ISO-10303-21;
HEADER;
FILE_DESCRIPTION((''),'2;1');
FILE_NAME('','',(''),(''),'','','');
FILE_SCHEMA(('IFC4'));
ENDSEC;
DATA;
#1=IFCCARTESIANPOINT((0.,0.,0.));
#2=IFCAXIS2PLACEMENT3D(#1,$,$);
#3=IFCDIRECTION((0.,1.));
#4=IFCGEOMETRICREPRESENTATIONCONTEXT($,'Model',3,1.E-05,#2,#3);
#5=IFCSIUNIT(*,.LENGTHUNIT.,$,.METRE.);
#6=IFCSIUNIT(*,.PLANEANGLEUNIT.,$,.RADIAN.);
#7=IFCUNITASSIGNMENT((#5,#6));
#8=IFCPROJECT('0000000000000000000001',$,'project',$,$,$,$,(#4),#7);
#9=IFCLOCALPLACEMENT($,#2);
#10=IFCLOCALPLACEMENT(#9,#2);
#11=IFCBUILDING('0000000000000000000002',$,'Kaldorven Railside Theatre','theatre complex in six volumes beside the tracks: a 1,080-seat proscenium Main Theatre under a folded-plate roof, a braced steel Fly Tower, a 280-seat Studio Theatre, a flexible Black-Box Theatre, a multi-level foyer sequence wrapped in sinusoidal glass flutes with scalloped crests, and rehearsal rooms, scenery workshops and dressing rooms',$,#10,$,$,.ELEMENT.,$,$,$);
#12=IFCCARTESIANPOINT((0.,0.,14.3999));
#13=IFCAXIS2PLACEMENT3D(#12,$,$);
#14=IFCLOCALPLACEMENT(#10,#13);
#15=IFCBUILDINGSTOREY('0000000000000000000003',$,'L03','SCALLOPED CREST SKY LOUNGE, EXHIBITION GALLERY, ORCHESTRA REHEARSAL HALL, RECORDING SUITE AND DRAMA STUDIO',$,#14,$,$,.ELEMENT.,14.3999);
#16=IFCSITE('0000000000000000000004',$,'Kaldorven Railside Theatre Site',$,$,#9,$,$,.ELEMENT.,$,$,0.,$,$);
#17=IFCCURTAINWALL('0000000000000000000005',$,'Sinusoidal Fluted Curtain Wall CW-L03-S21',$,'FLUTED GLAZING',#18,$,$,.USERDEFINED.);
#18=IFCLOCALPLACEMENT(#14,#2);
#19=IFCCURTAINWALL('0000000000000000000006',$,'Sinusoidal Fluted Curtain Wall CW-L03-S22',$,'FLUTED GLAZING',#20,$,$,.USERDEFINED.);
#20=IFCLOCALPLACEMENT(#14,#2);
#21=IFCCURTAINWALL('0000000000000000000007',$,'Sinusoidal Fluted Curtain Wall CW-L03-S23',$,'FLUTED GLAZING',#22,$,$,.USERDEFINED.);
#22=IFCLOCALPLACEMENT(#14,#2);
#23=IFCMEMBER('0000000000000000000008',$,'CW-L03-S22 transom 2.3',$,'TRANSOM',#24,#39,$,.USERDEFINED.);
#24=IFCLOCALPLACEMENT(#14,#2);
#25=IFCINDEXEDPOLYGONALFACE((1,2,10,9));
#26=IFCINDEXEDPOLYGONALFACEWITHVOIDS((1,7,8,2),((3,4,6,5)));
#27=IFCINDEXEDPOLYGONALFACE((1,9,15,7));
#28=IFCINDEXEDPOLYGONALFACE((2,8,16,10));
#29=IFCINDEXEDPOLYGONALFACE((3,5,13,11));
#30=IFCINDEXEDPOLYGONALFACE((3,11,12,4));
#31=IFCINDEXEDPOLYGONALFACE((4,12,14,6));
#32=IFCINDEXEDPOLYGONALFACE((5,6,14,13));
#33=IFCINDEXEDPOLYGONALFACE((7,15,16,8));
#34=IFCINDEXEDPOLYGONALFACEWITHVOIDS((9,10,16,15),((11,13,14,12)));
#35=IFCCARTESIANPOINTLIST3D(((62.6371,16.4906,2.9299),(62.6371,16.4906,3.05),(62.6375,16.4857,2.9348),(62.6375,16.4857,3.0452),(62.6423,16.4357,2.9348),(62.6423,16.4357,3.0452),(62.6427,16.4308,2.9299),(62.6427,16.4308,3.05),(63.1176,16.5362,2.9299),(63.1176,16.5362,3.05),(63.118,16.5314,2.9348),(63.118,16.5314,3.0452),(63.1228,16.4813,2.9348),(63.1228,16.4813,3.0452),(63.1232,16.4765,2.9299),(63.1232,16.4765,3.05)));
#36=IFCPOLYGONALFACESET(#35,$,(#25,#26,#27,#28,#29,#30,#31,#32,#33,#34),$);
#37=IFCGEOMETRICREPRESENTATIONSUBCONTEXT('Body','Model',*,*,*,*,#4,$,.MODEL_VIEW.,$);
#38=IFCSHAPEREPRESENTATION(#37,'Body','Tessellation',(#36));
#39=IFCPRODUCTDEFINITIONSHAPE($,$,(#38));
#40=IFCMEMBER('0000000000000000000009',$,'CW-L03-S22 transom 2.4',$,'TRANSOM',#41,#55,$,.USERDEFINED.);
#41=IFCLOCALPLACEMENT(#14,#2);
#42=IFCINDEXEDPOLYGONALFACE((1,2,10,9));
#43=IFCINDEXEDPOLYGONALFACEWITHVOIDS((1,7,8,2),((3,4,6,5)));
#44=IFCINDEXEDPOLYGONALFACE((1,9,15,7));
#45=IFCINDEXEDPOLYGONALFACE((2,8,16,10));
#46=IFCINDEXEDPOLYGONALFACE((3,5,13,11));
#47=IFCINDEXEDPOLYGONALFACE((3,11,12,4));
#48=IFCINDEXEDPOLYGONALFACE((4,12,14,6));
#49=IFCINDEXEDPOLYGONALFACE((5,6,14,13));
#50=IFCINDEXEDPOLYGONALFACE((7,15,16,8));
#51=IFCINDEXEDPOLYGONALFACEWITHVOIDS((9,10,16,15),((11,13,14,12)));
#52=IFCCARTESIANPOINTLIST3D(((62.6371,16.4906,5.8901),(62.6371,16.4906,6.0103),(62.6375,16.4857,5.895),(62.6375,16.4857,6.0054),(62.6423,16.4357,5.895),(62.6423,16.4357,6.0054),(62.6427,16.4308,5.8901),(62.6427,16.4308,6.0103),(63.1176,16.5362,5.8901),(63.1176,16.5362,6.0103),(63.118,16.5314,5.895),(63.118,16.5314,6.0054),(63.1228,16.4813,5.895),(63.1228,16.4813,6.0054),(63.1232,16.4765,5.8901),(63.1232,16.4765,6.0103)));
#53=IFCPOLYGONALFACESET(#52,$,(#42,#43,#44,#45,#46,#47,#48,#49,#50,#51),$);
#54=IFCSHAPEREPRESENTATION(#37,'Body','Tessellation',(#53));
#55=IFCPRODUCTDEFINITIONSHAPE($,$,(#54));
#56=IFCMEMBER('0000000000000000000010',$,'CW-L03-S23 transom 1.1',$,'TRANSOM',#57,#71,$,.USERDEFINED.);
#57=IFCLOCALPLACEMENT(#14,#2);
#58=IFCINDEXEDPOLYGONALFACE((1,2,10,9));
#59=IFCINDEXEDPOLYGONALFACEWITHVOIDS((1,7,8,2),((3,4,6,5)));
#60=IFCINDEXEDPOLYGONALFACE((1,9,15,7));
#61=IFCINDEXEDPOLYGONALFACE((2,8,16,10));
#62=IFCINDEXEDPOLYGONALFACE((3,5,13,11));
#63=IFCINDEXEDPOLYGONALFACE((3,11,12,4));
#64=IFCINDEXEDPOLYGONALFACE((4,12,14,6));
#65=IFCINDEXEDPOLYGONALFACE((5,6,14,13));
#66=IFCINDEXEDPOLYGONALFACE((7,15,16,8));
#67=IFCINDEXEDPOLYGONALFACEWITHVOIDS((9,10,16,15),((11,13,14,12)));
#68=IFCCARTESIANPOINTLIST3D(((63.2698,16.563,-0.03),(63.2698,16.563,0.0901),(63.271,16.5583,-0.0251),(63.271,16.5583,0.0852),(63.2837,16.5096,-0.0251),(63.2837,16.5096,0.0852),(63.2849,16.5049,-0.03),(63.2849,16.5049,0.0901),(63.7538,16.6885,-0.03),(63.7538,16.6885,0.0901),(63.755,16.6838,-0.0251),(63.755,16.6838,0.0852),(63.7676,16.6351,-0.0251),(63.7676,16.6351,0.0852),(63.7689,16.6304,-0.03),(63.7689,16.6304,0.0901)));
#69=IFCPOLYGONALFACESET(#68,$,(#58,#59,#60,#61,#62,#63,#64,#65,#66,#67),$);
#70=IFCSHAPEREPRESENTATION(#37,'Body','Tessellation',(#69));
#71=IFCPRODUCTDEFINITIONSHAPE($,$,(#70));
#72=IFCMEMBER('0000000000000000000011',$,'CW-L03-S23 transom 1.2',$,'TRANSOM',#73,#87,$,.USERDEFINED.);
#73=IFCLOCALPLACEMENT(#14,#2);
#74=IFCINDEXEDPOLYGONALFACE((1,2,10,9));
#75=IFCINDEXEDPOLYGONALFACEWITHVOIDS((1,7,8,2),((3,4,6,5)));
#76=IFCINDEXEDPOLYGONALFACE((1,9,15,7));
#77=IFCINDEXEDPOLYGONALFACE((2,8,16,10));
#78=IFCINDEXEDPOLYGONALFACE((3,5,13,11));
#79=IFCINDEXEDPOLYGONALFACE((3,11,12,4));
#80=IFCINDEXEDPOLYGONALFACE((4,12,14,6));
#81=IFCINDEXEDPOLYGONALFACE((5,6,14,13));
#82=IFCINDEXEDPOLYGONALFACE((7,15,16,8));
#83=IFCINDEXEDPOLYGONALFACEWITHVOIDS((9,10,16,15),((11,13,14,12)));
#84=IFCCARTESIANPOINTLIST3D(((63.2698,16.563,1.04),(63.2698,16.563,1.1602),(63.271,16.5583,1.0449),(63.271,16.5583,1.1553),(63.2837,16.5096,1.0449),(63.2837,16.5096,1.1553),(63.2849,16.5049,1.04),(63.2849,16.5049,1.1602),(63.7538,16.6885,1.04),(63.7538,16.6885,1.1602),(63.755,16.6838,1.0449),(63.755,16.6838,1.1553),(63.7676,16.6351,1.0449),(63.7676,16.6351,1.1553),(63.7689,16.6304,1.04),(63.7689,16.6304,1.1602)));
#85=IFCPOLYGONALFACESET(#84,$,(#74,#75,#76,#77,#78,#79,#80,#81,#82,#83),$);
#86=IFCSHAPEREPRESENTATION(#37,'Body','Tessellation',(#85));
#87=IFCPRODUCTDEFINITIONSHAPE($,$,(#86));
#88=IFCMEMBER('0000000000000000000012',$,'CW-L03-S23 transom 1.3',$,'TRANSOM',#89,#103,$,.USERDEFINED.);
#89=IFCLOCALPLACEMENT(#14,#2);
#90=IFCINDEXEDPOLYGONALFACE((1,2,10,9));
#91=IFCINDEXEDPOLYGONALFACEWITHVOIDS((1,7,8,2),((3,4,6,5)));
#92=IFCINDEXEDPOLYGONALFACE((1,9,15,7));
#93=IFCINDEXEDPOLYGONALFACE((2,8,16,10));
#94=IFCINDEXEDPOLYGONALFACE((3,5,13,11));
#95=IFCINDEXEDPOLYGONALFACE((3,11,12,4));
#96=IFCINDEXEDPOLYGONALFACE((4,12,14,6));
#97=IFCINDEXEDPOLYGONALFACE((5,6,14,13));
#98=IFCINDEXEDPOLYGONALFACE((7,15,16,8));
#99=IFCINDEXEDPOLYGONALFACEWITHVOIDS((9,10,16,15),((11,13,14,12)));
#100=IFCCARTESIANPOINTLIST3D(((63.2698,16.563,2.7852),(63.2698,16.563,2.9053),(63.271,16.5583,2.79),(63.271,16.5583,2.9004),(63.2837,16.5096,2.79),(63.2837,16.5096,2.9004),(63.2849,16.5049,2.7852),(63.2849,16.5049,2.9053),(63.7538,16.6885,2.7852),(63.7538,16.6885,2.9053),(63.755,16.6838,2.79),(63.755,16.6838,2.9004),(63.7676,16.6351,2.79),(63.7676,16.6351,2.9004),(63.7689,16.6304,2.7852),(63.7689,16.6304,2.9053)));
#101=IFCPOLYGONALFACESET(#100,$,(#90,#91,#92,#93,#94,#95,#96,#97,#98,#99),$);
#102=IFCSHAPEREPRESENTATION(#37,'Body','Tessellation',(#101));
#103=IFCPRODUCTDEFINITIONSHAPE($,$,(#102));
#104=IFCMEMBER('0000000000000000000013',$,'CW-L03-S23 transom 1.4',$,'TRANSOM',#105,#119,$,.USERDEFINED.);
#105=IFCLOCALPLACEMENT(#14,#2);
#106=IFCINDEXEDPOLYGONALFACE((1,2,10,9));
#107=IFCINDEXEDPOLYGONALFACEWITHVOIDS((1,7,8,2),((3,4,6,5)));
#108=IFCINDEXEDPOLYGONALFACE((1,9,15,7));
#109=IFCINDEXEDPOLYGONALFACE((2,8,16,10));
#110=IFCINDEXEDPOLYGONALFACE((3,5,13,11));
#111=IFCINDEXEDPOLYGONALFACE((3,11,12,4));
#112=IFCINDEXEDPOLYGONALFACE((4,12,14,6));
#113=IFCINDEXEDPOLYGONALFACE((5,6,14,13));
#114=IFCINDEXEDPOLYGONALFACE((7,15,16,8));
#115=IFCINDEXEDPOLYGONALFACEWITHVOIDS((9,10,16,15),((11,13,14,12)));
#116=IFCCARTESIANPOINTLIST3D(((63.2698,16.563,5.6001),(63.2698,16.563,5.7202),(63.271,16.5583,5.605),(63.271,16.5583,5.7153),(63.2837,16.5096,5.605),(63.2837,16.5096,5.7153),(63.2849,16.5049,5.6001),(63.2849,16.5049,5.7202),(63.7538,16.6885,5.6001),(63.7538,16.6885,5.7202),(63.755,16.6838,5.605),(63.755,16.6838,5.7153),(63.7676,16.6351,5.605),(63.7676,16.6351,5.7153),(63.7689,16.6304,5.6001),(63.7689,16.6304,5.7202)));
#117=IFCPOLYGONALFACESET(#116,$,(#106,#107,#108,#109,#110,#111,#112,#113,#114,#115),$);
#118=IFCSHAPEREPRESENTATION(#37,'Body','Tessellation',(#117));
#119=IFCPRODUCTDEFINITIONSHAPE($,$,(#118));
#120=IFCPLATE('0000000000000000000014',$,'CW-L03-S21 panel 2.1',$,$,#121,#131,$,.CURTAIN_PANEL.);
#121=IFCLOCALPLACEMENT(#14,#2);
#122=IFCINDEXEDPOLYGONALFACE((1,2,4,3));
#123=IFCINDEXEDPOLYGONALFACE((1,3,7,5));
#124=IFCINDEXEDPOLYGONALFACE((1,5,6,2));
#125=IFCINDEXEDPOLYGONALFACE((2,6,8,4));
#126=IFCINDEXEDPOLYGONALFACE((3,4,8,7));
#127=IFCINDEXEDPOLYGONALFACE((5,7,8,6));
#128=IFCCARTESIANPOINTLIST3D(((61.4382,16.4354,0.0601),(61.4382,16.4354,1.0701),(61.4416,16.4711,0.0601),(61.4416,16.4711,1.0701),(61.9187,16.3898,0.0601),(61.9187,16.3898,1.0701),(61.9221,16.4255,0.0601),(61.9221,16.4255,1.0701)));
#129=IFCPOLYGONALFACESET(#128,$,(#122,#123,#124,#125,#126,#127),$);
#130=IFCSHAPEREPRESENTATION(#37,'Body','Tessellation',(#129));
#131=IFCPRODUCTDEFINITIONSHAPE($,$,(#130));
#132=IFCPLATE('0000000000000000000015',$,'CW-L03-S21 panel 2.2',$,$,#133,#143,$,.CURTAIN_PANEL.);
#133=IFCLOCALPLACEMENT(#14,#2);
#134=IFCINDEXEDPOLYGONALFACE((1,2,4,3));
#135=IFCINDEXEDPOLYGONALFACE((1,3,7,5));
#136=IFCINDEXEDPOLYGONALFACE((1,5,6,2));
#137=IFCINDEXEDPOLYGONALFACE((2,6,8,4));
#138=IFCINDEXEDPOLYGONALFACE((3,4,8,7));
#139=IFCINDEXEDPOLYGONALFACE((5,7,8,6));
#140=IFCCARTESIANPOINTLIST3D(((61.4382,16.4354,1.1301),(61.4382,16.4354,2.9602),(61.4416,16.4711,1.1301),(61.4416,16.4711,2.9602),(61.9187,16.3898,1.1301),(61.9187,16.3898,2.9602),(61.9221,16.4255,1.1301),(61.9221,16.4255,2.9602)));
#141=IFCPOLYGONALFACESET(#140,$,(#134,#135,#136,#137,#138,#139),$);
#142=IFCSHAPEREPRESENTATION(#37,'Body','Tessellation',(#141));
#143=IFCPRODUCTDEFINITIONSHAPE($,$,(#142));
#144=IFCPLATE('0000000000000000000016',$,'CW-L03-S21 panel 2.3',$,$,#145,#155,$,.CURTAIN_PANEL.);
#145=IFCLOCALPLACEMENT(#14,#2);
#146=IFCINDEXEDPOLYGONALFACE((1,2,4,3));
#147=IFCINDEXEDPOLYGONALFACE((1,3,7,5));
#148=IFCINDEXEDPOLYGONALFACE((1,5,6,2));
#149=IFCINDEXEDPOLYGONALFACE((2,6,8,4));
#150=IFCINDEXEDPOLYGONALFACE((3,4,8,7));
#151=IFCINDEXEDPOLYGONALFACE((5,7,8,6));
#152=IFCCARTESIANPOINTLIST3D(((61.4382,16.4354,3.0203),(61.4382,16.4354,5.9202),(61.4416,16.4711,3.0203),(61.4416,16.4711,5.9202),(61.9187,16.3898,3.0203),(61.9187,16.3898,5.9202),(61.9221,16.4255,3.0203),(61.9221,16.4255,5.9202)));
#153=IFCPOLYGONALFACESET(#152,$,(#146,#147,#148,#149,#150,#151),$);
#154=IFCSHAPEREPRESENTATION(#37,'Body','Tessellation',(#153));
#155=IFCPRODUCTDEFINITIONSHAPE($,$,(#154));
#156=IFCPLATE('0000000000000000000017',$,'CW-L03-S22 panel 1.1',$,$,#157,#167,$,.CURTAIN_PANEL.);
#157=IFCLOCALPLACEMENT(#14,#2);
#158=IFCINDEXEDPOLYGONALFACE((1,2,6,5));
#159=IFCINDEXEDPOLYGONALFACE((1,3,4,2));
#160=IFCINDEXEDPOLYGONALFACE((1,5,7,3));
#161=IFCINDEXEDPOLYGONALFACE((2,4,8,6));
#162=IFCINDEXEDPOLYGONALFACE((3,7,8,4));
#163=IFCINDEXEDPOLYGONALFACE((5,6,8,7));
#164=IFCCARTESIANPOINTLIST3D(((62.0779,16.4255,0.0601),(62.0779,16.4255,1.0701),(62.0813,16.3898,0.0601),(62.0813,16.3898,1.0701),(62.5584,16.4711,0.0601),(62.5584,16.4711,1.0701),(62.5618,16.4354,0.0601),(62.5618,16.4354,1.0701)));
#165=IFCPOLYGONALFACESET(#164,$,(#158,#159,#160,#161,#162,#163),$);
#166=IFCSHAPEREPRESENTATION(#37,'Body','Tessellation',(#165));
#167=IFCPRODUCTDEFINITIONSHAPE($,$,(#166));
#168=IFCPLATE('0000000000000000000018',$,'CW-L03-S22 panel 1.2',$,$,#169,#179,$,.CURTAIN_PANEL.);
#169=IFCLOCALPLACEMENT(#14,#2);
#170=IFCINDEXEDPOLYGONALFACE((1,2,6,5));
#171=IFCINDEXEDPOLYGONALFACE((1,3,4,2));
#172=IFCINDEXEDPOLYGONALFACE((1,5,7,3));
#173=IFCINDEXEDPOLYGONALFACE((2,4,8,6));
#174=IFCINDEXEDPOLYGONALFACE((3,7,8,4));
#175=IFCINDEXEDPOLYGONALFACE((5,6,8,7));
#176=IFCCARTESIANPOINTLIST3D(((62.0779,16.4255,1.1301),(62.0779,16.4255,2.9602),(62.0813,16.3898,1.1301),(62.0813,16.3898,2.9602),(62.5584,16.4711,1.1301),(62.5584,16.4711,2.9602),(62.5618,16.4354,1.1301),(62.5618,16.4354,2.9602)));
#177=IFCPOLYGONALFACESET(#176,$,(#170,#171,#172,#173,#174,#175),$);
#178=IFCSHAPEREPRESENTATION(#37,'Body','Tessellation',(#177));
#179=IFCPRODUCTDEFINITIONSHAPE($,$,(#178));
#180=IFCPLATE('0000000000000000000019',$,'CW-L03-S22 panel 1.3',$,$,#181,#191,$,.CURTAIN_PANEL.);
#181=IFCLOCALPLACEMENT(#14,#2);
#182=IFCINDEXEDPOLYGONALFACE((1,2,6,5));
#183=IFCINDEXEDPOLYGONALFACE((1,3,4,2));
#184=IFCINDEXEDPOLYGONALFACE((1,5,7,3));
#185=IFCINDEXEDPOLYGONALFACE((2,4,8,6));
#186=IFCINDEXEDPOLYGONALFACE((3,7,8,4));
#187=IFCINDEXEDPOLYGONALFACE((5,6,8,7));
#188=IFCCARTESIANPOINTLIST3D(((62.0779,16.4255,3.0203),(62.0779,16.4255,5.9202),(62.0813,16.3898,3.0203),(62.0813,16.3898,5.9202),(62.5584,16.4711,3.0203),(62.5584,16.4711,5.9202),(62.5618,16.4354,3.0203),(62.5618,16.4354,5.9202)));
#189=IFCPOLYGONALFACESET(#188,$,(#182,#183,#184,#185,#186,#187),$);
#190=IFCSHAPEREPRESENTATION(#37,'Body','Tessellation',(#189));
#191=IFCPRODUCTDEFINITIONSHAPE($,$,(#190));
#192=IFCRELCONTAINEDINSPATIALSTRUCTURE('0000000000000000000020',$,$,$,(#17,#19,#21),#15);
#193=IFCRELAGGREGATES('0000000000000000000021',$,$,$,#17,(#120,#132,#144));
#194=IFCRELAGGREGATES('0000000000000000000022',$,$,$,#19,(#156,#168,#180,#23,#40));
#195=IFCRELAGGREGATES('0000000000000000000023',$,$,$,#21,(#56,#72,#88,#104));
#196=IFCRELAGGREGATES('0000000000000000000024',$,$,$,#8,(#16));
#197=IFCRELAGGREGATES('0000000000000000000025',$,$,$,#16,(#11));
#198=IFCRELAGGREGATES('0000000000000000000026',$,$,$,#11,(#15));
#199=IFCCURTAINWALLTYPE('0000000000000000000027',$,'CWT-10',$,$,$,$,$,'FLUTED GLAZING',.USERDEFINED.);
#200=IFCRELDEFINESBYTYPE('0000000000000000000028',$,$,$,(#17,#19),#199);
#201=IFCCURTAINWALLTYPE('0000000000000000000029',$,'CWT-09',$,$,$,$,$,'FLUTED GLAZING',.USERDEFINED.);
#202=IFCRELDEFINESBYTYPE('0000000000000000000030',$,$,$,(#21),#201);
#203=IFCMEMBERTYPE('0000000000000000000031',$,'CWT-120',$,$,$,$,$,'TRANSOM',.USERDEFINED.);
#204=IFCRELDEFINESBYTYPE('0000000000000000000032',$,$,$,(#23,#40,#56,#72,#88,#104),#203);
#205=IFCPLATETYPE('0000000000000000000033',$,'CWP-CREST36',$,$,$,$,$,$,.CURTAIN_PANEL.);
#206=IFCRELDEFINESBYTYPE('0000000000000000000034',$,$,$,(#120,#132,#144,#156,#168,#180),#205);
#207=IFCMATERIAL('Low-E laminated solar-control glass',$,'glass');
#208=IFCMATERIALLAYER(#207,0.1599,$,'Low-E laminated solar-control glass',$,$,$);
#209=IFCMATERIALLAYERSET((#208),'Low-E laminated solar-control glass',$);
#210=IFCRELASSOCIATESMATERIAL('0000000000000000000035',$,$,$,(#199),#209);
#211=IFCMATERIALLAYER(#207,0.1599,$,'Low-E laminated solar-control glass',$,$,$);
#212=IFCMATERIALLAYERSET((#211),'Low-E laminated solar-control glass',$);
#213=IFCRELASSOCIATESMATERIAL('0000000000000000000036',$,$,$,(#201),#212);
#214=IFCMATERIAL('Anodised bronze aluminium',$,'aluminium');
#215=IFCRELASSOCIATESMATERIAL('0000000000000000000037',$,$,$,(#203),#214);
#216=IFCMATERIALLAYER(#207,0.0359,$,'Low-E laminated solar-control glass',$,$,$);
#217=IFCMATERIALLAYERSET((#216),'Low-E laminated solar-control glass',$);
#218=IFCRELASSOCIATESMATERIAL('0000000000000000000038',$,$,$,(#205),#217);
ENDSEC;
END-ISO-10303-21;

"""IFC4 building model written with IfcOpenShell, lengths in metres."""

from ifc_helpers import new_model, si_unit, direction, frame, origin, origin_2d, place, context, subcontext, project, spatial, rectangle, hollow_rectangle, extrude, material, layer, layer_set, material_profile, profile_set, type_object, element, aggregate, save


model = new_model("IFC4")

# Units and contexts
model_context = context("Model", 3, precision=1e-05, world=origin(), true_north=direction((0.0, 1.0)))
body_context = subcontext(model_context, "Body", "Model", "MODEL_VIEW")
ifc_project = project(units=[si_unit("LENGTHUNIT", "METRE"), si_unit("PLANEANGLEUNIT", "RADIAN")], contexts=[model_context])

# Site, building, storey
site_placement = place(None, origin())
site = spatial("IfcSite", under=ifc_project, at=site_placement, Name="Kaldorven Railside Theatre Site", CompositionType="ELEMENT", RefElevation=0.0)
building_placement = place(site_placement, origin())
building = spatial("IfcBuilding", under=site, at=building_placement, Name="Kaldorven Railside Theatre", Description="theatre complex in six volumes beside the tracks: a 1,080-seat proscenium Main Theatre under a folded-plate roof, a braced steel Fly Tower, a 280-seat Studio Theatre, a flexible Black-Box Theatre, a multi-level foyer sequence wrapped in sinusoidal glass flutes with scalloped crests, and rehearsal rooms, scenery workshops and dressing rooms", CompositionType="ELEMENT")
storey_placement = place(building_placement, frame((0.0, 0.0, 14.3999)))
storey = spatial("IfcBuildingStorey", under=building, at=storey_placement, Name="L03", Description="SCALLOPED CREST SKY LOUNGE, EXHIBITION GALLERY, ORCHESTRA REHEARSAL HALL, RECORDING SUITE AND DRAMA STUDIO", CompositionType="ELEMENT", Elevation=14.3999)

# Curtain walls
ifc_material_1 = material(Name="Low-E laminated solar-control glass", Category="glass")
ifc_layer_1 = layer(ifc_material_1, 0.1599, Name="Low-E laminated solar-control glass")
ifc_layer_set_1 = layer_set([ifc_layer_1], Name="Low-E laminated solar-control glass")
curtain_wall_type_1 = type_object("IfcCurtainWallType", Name="CWT-10", ElementType="FLUTED GLAZING", PredefinedType="USERDEFINED", material=ifc_layer_set_1)
curtain_wall_1_placement = place(storey_placement, origin())
curtain_wall_1 = element("IfcCurtainWall", 1, at=curtain_wall_1_placement, inside=storey, type_object=curtain_wall_type_1, Name="Sinusoidal Fluted Curtain Wall CW-L03-S21", ObjectType="FLUTED GLAZING", PredefinedType="USERDEFINED")
ifc_material_2 = material(Name="Anodised bronze aluminium", Category="aluminium")
curtain_wall_2_placement = place(storey_placement, origin())
curtain_wall_2 = element("IfcCurtainWall", 2, at=curtain_wall_2_placement, inside=storey, type_object=curtain_wall_type_1, Name="Sinusoidal Fluted Curtain Wall CW-L03-S22", ObjectType="FLUTED GLAZING", PredefinedType="USERDEFINED")
ifc_layer_2 = layer(ifc_material_1, 0.1599, Name="Low-E laminated solar-control glass")
ifc_layer_set_2 = layer_set([ifc_layer_2], Name="Low-E laminated solar-control glass")
curtain_wall_type_2 = type_object("IfcCurtainWallType", Name="CWT-09", ElementType="FLUTED GLAZING", PredefinedType="USERDEFINED", material=ifc_layer_set_2)
curtain_wall_3_placement = place(storey_placement, origin())
curtain_wall_3 = element("IfcCurtainWall", 3, at=curtain_wall_3_placement, inside=storey, type_object=curtain_wall_type_2, Name="Sinusoidal Fluted Curtain Wall CW-L03-S23", ObjectType="FLUTED GLAZING", PredefinedType="USERDEFINED")

# Members
ifc_material_profile_1 = material_profile(ifc_material_2, hollow_rectangle(XDim=0.0601, YDim=0.1201, WallThickness=0.0049, at=origin_2d()), Name="RHS 120x60x5")
ifc_profile_set_1 = profile_set([ifc_material_profile_1], Name="Anodised bronze aluminium")
member_type_1 = type_object("IfcMemberType", Name="CWT-120", ElementType="TRANSOM", PredefinedType="USERDEFINED", material=ifc_profile_set_1)
member_1_placement = place(storey_placement, frame((62.6399, 16.4607, 2.99), z_axis=(0.995516, 0.094594, 0.0), x_axis=(-0.094594, 0.995516, 0.0)))
member_1 = element("IfcMember", 4, at=member_1_placement, type_object=member_type_1, Name="CW-L03-S22 transom 2.3", ObjectType="TRANSOM", PredefinedType="USERDEFINED", context=body_context, shape_type="SweptSolid", body=[
    extrude(hollow_rectangle(XDim=0.0601, YDim=0.1201, WallThickness=0.0049, at=origin_2d()), origin(), (0.0, 0.0, 1.0), 0.4827),
])
member_2_placement = place(storey_placement, frame((62.6399, 16.4607, 5.9502), z_axis=(0.995516, 0.094594, 0.0), x_axis=(-0.094594, 0.995516, 0.0)))
member_2 = element("IfcMember", 5, at=member_2_placement, type_object=member_type_1, Name="CW-L03-S22 transom 2.4", ObjectType="TRANSOM", PredefinedType="USERDEFINED", context=body_context, shape_type="SweptSolid", body=[
    extrude(hollow_rectangle(XDim=0.0601, YDim=0.1201, WallThickness=0.0049, at=origin_2d()), origin(), (0.0, 0.0, 1.0), 0.4827),
])
member_3_placement = place(storey_placement, frame((63.2773, 16.5339, 0.03), z_axis=(0.967979, 0.25103, 0.0), x_axis=(-0.25103, 0.967979, 0.0)))
member_3 = element("IfcMember", 6, at=member_3_placement, type_object=member_type_1, Name="CW-L03-S23 transom 1.1", ObjectType="TRANSOM", PredefinedType="USERDEFINED", context=body_context, shape_type="SweptSolid", body=[
    extrude(hollow_rectangle(XDim=0.0601, YDim=0.1201, WallThickness=0.0049, at=origin_2d()), origin(), (0.0, 0.0, 1.0), 0.5),
])
member_4_placement = place(storey_placement, frame((63.2773, 16.5339, 1.1001), z_axis=(0.967979, 0.25103, 0.0), x_axis=(-0.25103, 0.967979, 0.0)))
member_4 = element("IfcMember", 7, at=member_4_placement, type_object=member_type_1, Name="CW-L03-S23 transom 1.2", ObjectType="TRANSOM", PredefinedType="USERDEFINED", context=body_context, shape_type="SweptSolid", body=[
    extrude(hollow_rectangle(XDim=0.0601, YDim=0.1201, WallThickness=0.0049, at=origin_2d()), origin(), (0.0, 0.0, 1.0), 0.5),
])
member_5_placement = place(storey_placement, frame((63.2773, 16.5339, 2.8452), z_axis=(0.967979, 0.25103, 0.0), x_axis=(-0.25103, 0.967979, 0.0)))
member_5 = element("IfcMember", 8, at=member_5_placement, type_object=member_type_1, Name="CW-L03-S23 transom 1.3", ObjectType="TRANSOM", PredefinedType="USERDEFINED", context=body_context, shape_type="SweptSolid", body=[
    extrude(hollow_rectangle(XDim=0.0601, YDim=0.1201, WallThickness=0.0049, at=origin_2d()), origin(), (0.0, 0.0, 1.0), 0.5),
])
member_6_placement = place(storey_placement, frame((63.2773, 16.5339, 5.6602), z_axis=(0.967979, 0.25103, 0.0), x_axis=(-0.25103, 0.967979, 0.0)))
member_6 = element("IfcMember", 9, at=member_6_placement, type_object=member_type_1, Name="CW-L03-S23 transom 1.4", ObjectType="TRANSOM", PredefinedType="USERDEFINED", context=body_context, shape_type="SweptSolid", body=[
    extrude(hollow_rectangle(XDim=0.0601, YDim=0.1201, WallThickness=0.0049, at=origin_2d()), origin(), (0.0, 0.0, 1.0), 0.5),
])

# Plates
ifc_layer_3 = layer(ifc_material_1, 0.0359, Name="Low-E laminated solar-control glass")
ifc_layer_set_3 = layer_set([ifc_layer_3], Name="Low-E laminated solar-control glass")
plate_type = type_object("IfcPlateType", Name="CWP-CREST36", PredefinedType="CURTAIN_PANEL", material=ifc_layer_set_3)
plate_1_placement = place(storey_placement, frame((61.6802, 16.4304, 0.0601), z_axis=(0.0, 0.0, 1.0), x_axis=(0.995526, -0.094492, 0.0)))
plate_1 = element("IfcPlate", 10, at=plate_1_placement, type_object=plate_type, Name="CW-L03-S21 panel 2.1", PredefinedType="CURTAIN_PANEL", context=body_context, shape_type="SweptSolid", body=[
    extrude(rectangle(XDim=0.4827, YDim=0.0359, at=origin_2d()), origin(), (0.0, 0.0, 1.0), 1.01),
])
plate_2_placement = place(storey_placement, frame((61.6802, 16.4304, 1.1301), z_axis=(0.0, 0.0, 1.0), x_axis=(0.995526, -0.094492, 0.0)))
plate_2 = element("IfcPlate", 11, at=plate_2_placement, type_object=plate_type, Name="CW-L03-S21 panel 2.2", PredefinedType="CURTAIN_PANEL", context=body_context, shape_type="SweptSolid", body=[
    extrude(rectangle(XDim=0.4827, YDim=0.0359, at=origin_2d()), origin(), (0.0, 0.0, 1.0), 1.8301),
])
plate_3_placement = place(storey_placement, frame((61.6802, 16.4304, 3.0203), z_axis=(0.0, 0.0, 1.0), x_axis=(0.995526, -0.094492, 0.0)))
plate_3 = element("IfcPlate", 12, at=plate_3_placement, type_object=plate_type, Name="CW-L03-S21 panel 2.3", PredefinedType="CURTAIN_PANEL", context=body_context, shape_type="SweptSolid", body=[
    extrude(rectangle(XDim=0.4827, YDim=0.0359, at=origin_2d()), origin(), (0.0, 0.0, 1.0), 2.8999),
])
aggregate(curtain_wall_1, [plate_1, plate_2, plate_3])
plate_4_placement = place(storey_placement, frame((62.3198, 16.4304, 0.0601), z_axis=(0.0, 0.0, 1.0), x_axis=(0.995526, 0.094492, 0.0)))
plate_4 = element("IfcPlate", 13, at=plate_4_placement, type_object=plate_type, Name="CW-L03-S22 panel 1.1", PredefinedType="CURTAIN_PANEL", context=body_context, shape_type="SweptSolid", body=[
    extrude(rectangle(XDim=0.4827, YDim=0.0359, at=origin_2d()), origin(), (0.0, 0.0, 1.0), 1.01),
])
plate_5_placement = place(storey_placement, frame((62.3198, 16.4304, 1.1301), z_axis=(0.0, 0.0, 1.0), x_axis=(0.995526, 0.094492, 0.0)))
plate_5 = element("IfcPlate", 14, at=plate_5_placement, type_object=plate_type, Name="CW-L03-S22 panel 1.2", PredefinedType="CURTAIN_PANEL", context=body_context, shape_type="SweptSolid", body=[
    extrude(rectangle(XDim=0.4827, YDim=0.0359, at=origin_2d()), origin(), (0.0, 0.0, 1.0), 1.8301),
])
plate_6_placement = place(storey_placement, frame((62.3198, 16.4304, 3.0203), z_axis=(0.0, 0.0, 1.0), x_axis=(0.995526, 0.094492, 0.0)))
plate_6 = element("IfcPlate", 15, at=plate_6_placement, type_object=plate_type, Name="CW-L03-S22 panel 1.3", PredefinedType="CURTAIN_PANEL", context=body_context, shape_type="SweptSolid", body=[
    extrude(rectangle(XDim=0.4827, YDim=0.0359, at=origin_2d()), origin(), (0.0, 0.0, 1.0), 2.8999),
])
aggregate(curtain_wall_2, [plate_4, plate_5, plate_6, member_1, member_2])
aggregate(curtain_wall_3, [member_3, member_4, member_5, member_6])

save(model, "model.ifc")
